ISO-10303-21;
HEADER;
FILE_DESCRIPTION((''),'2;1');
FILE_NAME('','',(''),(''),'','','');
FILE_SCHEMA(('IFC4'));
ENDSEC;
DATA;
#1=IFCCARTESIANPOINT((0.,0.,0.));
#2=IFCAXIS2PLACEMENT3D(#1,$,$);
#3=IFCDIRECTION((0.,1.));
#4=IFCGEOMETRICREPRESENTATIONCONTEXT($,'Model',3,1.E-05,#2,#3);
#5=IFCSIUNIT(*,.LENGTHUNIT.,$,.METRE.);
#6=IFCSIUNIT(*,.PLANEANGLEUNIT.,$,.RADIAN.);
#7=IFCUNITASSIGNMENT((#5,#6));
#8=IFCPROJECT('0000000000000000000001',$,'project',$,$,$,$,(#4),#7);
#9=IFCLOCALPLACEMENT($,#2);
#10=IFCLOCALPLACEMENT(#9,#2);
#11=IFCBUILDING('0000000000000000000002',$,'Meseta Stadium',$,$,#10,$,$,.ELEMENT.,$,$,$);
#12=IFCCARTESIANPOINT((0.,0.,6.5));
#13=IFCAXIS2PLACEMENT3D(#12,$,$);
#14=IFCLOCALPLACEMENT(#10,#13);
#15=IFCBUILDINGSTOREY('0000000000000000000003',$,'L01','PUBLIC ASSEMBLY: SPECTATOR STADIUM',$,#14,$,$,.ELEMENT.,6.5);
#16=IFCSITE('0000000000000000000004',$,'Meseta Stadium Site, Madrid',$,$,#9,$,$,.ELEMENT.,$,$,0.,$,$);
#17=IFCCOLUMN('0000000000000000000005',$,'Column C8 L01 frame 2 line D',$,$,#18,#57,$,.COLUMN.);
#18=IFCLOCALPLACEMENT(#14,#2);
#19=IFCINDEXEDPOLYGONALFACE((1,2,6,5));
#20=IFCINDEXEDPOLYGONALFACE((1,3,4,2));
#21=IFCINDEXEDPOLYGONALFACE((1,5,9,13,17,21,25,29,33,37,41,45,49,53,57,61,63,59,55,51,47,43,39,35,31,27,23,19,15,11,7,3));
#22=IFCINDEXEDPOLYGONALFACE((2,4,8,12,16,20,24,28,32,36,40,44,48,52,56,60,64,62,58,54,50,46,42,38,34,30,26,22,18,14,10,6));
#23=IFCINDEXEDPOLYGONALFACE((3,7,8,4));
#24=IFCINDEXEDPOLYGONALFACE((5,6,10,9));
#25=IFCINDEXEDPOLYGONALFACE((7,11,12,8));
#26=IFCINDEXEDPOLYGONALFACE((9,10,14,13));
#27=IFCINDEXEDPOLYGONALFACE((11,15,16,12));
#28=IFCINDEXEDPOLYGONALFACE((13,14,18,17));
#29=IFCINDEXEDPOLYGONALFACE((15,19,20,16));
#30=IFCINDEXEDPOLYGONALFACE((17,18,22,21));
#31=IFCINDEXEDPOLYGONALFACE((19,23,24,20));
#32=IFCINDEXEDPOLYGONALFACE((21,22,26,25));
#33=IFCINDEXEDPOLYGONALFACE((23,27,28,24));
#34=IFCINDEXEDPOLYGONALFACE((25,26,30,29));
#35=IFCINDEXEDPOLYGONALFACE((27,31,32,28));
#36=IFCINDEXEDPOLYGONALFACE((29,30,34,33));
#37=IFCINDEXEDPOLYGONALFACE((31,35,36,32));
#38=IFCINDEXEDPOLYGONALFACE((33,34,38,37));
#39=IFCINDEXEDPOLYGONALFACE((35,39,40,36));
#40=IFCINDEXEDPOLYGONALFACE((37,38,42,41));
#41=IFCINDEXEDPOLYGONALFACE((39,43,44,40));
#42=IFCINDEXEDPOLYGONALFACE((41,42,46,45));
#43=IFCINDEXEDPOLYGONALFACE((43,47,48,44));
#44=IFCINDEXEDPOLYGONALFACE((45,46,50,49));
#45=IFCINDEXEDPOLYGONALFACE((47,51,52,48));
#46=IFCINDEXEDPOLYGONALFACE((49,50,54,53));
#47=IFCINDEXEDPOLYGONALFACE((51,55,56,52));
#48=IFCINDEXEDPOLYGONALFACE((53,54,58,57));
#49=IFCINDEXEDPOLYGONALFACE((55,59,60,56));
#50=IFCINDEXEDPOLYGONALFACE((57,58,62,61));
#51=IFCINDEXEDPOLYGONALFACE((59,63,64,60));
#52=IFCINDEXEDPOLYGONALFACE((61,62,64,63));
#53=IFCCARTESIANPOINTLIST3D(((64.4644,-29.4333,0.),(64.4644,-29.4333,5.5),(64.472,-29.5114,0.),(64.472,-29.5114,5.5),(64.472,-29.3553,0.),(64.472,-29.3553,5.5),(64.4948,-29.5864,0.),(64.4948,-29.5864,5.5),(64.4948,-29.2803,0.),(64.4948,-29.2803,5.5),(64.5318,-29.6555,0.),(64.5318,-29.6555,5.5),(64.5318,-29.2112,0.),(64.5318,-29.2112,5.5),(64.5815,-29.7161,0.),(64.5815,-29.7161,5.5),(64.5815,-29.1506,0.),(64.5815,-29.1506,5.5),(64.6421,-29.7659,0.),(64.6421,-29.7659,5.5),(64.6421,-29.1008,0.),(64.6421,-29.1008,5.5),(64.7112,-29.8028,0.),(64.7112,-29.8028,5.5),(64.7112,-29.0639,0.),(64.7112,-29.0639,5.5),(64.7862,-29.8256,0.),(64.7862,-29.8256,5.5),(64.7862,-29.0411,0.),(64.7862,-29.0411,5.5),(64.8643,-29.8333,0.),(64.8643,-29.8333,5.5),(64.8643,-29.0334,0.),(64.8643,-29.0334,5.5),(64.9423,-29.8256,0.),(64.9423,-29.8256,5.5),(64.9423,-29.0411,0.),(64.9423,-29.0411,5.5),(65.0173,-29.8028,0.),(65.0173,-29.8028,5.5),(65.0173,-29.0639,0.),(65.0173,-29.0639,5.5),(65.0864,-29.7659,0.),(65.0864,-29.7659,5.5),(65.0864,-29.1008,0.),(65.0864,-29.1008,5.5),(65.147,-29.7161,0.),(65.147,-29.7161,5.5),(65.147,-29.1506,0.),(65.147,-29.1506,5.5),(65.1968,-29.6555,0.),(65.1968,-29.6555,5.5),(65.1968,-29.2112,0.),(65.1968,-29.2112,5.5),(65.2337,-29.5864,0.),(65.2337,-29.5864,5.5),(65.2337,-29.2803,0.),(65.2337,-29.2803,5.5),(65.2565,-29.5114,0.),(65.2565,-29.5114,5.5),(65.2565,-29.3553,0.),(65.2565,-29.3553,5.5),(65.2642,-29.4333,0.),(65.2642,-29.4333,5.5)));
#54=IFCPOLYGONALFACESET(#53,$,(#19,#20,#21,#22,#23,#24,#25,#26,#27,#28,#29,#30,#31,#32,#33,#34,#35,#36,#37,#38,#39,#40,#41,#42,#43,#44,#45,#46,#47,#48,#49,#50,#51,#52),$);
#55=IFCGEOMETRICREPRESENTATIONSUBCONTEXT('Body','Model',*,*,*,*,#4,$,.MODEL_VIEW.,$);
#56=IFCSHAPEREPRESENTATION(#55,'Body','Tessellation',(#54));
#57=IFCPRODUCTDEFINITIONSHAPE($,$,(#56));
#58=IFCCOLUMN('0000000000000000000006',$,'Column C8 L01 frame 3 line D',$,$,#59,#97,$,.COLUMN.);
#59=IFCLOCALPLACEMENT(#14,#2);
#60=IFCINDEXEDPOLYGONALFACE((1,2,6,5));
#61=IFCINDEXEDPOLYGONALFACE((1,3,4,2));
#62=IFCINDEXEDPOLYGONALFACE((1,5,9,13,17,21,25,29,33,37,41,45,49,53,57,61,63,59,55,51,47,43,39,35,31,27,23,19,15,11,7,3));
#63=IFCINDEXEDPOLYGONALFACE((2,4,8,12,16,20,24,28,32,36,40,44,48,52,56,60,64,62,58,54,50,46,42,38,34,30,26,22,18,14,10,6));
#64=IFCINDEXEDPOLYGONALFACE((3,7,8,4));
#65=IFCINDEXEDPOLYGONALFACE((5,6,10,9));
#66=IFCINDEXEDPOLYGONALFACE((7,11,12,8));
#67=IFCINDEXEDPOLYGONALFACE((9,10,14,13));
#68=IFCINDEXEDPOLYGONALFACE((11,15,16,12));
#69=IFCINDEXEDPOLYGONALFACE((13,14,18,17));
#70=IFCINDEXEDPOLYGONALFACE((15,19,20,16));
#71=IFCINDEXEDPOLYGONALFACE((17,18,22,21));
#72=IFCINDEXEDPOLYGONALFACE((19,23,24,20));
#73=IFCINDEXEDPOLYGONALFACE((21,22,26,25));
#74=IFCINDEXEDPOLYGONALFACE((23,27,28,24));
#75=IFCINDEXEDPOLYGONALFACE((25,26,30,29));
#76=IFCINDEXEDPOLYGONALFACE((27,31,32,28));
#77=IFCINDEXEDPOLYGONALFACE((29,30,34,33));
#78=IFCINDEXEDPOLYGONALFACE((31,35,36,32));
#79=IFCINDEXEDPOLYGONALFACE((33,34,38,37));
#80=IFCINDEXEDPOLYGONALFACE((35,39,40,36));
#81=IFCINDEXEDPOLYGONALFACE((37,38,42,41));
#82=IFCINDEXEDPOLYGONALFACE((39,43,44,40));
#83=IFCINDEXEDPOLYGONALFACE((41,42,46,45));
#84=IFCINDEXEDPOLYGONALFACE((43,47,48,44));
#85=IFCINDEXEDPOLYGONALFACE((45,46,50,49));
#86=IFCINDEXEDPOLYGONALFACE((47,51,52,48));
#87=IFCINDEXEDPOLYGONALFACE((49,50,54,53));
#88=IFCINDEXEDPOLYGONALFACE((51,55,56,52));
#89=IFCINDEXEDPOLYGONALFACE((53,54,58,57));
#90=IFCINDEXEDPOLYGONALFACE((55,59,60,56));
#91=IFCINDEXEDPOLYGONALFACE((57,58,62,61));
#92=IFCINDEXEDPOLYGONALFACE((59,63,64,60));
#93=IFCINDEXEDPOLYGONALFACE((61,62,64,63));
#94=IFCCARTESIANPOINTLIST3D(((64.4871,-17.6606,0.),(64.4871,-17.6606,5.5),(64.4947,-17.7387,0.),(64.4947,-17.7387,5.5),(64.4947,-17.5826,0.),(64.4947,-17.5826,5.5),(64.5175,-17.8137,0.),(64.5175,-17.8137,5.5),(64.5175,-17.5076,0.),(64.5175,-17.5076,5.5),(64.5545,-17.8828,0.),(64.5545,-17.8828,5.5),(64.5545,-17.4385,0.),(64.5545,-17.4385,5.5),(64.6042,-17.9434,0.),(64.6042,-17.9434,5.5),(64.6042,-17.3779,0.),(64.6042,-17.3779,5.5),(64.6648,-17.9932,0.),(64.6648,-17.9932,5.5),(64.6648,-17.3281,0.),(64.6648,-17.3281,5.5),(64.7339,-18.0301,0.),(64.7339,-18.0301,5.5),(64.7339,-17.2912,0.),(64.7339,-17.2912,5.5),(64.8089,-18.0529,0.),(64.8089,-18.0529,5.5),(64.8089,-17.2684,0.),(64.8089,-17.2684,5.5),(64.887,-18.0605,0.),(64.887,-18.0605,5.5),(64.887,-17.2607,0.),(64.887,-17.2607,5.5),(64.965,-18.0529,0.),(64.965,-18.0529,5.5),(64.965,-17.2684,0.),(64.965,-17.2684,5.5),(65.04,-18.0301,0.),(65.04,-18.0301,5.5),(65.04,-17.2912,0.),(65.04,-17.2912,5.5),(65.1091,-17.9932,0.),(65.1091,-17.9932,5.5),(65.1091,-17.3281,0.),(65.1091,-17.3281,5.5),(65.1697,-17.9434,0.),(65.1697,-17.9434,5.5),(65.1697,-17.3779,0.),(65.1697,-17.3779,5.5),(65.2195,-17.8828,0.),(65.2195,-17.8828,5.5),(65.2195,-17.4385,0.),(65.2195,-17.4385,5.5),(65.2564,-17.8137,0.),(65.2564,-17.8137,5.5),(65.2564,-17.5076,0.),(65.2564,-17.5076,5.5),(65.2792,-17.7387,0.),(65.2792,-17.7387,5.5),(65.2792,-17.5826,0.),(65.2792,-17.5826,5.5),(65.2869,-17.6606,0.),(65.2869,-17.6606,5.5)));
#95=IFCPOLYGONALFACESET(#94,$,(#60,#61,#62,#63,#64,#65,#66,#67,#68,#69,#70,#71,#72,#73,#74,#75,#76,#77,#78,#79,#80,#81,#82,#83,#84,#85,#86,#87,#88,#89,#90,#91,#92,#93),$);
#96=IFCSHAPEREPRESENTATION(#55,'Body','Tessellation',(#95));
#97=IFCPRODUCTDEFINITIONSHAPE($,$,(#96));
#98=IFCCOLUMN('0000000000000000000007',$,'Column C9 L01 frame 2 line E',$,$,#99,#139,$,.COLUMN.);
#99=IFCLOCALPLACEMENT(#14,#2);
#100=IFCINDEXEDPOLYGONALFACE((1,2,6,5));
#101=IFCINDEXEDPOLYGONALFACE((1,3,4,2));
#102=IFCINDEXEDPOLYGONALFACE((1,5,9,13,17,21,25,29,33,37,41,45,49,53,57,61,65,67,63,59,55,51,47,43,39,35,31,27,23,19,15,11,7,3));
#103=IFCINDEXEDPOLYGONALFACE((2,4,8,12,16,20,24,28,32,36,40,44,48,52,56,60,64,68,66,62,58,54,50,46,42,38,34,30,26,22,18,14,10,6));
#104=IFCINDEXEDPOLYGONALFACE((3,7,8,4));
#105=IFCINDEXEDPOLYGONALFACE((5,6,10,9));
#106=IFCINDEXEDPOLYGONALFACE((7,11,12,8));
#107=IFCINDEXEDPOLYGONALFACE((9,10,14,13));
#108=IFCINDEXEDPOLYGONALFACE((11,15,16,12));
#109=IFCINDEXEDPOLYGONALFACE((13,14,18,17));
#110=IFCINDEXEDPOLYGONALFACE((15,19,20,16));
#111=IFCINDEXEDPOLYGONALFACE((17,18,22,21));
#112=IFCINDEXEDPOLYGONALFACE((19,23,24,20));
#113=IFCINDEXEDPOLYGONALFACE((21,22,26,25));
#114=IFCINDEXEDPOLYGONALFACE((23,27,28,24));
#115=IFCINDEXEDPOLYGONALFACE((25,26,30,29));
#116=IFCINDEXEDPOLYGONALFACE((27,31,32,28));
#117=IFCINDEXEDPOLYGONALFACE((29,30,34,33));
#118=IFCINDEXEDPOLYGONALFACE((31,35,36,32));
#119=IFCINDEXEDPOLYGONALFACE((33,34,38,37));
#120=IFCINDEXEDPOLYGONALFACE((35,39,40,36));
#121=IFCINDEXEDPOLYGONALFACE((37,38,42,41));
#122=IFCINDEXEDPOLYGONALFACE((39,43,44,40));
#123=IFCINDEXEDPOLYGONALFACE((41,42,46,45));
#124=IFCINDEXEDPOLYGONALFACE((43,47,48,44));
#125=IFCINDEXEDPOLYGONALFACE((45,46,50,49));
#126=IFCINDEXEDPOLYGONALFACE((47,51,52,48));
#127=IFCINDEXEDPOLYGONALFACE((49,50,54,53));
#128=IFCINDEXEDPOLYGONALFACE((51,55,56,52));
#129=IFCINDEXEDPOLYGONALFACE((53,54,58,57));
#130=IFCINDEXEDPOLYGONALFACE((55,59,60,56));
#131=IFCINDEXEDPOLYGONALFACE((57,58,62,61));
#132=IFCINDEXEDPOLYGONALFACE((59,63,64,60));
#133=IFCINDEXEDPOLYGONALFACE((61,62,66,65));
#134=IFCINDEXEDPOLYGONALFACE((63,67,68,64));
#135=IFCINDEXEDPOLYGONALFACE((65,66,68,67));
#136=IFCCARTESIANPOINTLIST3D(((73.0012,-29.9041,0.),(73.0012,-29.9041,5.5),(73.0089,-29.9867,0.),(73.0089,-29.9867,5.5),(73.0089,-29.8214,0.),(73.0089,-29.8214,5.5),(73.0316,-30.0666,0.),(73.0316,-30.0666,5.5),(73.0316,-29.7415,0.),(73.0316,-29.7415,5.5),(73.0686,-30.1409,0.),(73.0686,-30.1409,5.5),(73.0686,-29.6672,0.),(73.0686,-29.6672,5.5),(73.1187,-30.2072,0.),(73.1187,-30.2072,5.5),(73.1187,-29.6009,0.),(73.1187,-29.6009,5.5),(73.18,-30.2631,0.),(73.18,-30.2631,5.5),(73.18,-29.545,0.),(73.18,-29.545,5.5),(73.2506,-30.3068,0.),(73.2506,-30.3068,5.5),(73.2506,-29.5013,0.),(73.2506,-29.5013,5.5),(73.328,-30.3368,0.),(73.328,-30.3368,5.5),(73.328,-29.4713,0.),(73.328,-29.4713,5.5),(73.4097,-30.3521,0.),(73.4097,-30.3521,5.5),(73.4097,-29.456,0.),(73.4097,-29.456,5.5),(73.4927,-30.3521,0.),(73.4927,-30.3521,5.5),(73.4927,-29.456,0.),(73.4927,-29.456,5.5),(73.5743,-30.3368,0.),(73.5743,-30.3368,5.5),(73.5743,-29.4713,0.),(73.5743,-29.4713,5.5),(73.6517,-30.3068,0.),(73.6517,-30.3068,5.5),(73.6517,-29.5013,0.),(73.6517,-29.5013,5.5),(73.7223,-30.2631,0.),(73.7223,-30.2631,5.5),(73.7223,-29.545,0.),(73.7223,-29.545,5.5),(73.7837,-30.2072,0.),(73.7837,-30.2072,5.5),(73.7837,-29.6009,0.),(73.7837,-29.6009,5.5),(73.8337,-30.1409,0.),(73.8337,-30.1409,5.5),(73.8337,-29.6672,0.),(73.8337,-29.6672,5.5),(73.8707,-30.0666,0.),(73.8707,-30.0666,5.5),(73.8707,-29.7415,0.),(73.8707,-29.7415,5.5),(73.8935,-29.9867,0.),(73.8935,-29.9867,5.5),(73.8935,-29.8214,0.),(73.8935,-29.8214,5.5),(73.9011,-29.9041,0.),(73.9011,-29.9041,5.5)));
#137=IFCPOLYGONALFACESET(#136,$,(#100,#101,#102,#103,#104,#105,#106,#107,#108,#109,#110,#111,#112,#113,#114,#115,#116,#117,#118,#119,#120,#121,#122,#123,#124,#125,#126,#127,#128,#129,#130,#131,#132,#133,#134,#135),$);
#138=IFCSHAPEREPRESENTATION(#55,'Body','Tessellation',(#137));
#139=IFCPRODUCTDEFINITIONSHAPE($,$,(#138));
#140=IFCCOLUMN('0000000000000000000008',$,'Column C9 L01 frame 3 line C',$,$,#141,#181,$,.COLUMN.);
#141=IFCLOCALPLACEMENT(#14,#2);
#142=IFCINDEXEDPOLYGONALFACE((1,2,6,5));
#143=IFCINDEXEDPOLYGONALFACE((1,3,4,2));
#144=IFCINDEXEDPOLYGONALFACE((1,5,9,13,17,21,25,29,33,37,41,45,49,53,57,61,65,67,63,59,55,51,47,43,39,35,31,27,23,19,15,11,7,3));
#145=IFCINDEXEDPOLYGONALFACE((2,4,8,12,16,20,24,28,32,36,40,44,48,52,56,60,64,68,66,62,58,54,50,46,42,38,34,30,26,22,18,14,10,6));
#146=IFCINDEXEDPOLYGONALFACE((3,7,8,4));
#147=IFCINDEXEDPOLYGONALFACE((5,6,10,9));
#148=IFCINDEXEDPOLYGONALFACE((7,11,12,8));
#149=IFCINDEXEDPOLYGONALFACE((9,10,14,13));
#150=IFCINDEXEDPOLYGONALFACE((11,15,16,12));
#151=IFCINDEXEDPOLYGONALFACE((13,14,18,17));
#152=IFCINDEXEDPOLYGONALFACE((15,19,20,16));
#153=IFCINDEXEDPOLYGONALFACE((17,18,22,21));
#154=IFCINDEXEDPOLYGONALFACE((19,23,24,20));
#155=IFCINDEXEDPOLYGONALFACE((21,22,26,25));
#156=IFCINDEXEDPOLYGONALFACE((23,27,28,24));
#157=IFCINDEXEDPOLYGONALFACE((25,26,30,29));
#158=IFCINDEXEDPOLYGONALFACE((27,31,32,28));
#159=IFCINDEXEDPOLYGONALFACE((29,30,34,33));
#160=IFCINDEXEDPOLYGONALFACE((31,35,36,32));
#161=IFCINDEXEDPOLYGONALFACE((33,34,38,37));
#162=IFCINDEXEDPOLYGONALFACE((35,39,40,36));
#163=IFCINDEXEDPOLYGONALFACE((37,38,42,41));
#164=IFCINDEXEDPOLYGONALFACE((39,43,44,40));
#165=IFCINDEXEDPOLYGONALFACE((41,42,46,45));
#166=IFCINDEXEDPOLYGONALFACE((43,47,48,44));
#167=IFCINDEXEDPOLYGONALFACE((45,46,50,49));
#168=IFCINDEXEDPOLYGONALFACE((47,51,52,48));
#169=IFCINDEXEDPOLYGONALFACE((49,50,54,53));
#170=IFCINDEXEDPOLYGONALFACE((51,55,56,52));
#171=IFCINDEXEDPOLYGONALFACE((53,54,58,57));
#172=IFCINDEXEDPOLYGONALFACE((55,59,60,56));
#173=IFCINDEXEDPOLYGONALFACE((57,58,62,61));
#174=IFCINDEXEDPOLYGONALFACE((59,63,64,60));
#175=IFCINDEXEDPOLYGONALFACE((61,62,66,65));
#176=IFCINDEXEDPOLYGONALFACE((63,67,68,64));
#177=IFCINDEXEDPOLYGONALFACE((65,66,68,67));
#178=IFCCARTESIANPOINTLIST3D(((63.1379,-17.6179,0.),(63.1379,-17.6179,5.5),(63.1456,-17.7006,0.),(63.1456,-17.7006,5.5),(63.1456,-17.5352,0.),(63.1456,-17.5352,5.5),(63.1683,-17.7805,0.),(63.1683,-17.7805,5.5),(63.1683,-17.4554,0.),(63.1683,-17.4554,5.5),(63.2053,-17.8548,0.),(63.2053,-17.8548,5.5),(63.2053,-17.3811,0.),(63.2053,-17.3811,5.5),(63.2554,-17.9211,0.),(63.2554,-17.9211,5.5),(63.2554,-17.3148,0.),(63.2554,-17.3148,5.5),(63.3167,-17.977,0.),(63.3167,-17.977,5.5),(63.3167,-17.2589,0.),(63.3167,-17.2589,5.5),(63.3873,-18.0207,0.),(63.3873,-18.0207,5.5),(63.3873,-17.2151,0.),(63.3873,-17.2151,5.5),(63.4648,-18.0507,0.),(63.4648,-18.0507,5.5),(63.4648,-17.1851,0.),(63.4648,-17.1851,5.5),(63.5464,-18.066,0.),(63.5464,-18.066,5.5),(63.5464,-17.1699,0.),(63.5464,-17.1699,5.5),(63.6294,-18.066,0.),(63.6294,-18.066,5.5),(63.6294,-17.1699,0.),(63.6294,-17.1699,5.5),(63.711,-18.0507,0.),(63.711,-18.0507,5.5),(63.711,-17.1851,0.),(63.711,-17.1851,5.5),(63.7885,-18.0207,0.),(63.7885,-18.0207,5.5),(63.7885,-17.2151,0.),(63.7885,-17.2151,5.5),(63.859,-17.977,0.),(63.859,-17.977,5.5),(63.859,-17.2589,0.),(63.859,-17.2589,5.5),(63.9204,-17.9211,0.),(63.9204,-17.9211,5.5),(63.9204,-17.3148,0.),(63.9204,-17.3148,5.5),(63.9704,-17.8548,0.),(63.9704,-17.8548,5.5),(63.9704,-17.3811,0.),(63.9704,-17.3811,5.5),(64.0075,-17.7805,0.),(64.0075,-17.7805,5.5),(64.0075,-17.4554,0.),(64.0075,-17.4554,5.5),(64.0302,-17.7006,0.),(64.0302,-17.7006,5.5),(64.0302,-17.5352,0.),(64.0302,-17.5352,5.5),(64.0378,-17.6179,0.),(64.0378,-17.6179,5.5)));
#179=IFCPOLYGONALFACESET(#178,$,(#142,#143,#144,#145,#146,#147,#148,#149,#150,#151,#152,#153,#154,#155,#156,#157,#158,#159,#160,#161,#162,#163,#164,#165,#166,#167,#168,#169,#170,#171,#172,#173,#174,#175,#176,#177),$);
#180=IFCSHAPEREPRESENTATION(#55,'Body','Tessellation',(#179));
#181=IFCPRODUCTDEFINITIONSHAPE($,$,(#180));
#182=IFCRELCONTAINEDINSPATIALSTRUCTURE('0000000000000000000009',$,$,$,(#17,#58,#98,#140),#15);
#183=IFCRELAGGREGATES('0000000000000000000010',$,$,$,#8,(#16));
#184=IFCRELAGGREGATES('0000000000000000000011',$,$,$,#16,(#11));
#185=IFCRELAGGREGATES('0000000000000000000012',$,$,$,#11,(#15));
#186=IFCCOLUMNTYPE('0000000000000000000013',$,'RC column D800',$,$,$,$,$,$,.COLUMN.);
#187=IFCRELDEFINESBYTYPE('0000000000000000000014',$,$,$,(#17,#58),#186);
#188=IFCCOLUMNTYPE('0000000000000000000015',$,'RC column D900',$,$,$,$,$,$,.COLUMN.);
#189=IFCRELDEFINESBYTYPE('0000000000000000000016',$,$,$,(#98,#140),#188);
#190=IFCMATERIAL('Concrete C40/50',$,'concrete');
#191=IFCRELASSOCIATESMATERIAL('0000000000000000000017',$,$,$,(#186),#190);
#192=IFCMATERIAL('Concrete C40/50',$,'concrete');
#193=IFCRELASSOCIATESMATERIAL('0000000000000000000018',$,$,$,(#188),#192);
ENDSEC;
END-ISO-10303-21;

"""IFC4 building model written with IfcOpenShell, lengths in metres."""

from ifc_helpers import new_model, si_unit, direction, frame, origin, origin_2d, place, context, subcontext, project, spatial, circle, extrude, material, material_profile, profile_set, type_object, element, save


model = new_model("IFC4")

# Units and contexts
model_context = context("Model", 3, precision=1e-05, world=origin(), true_north=direction((0.0, 1.0)))
body_context = subcontext(model_context, "Body", "Model", "MODEL_VIEW")
ifc_project = project(units=[si_unit("LENGTHUNIT", "METRE"), si_unit("PLANEANGLEUNIT", "RADIAN")], contexts=[model_context])

# Site, building, storey
site_placement = place(None, origin())
site = spatial("IfcSite", under=ifc_project, at=site_placement, Name="Meseta Stadium Site, Madrid", CompositionType="ELEMENT", RefElevation=0.0)
building_placement = place(site_placement, origin())
building = spatial("IfcBuilding", under=site, at=building_placement, Name="Meseta Stadium", CompositionType="ELEMENT")
storey_placement = place(building_placement, frame((0.0, 0.0, 6.5)))
storey = spatial("IfcBuildingStorey", under=building, at=storey_placement, Name="L01", Description="PUBLIC ASSEMBLY: SPECTATOR STADIUM", CompositionType="ELEMENT", Elevation=6.5)

# Columns
ifc_material_1 = material(Name="Concrete C40/50", Category="concrete")
ifc_material_profile_1 = material_profile(ifc_material_1, circle(Radius=0.3999, at=origin_2d()), Name="RC D800")
ifc_profile_set_1 = profile_set([ifc_material_profile_1], Name="Concrete C40/50")
column_type_1 = type_object("IfcColumnType", Name="RC column D800", PredefinedType="COLUMN", material=ifc_profile_set_1)
for number, where, z_axis, x_axis, name in (
    (1, (64.8643, -29.4333, 0.0), (0.0, 0.0, 1.0), (1.0, 0.0, 0.0), "Column C8 L01 frame 2 line D"),
    (2, (64.887, -17.6606, 0.0), (0.0, 0.0, 1.0), (1.0, 0.0, 0.0), "Column C8 L01 frame 3 line D"),
):
    element("IfcColumn", number, at=place(storey_placement, frame(where, z_axis=z_axis, x_axis=x_axis)), inside=storey, type_object=column_type_1, Name=name, PredefinedType="COLUMN", context=body_context, shape_type="SweptSolid", body=[
        extrude(circle(Radius=0.3999, at=origin_2d()), origin(), (0.0, 0.0, 1.0), 5.5),
    ])
ifc_material_2 = material(Name="Concrete C40/50", Category="concrete")
ifc_material_profile_2 = material_profile(ifc_material_2, circle(Radius=0.45, at=origin_2d()), Name="RC D900")
ifc_profile_set_2 = profile_set([ifc_material_profile_2], Name="Concrete C40/50")
column_type_2 = type_object("IfcColumnType", Name="RC column D900", PredefinedType="COLUMN", material=ifc_profile_set_2)
for number, where, z_axis, x_axis, name in (
    (3, (73.4512, -29.9041, 0.0), (0.0, 0.0, 1.0), (1.0, 0.0, 0.0), "Column C9 L01 frame 2 line E"),
    (4, (63.5879, -17.6179, 0.0), (0.0, 0.0, 1.0), (1.0, 0.0, 0.0), "Column C9 L01 frame 3 line C"),
):
    element("IfcColumn", number, at=place(storey_placement, frame(where, z_axis=z_axis, x_axis=x_axis)), inside=storey, type_object=column_type_2, Name=name, PredefinedType="COLUMN", context=body_context, shape_type="SweptSolid", body=[
        extrude(circle(Radius=0.45, at=origin_2d()), origin(), (0.0, 0.0, 1.0), 5.5),
    ])

save(model, "model.ifc")
